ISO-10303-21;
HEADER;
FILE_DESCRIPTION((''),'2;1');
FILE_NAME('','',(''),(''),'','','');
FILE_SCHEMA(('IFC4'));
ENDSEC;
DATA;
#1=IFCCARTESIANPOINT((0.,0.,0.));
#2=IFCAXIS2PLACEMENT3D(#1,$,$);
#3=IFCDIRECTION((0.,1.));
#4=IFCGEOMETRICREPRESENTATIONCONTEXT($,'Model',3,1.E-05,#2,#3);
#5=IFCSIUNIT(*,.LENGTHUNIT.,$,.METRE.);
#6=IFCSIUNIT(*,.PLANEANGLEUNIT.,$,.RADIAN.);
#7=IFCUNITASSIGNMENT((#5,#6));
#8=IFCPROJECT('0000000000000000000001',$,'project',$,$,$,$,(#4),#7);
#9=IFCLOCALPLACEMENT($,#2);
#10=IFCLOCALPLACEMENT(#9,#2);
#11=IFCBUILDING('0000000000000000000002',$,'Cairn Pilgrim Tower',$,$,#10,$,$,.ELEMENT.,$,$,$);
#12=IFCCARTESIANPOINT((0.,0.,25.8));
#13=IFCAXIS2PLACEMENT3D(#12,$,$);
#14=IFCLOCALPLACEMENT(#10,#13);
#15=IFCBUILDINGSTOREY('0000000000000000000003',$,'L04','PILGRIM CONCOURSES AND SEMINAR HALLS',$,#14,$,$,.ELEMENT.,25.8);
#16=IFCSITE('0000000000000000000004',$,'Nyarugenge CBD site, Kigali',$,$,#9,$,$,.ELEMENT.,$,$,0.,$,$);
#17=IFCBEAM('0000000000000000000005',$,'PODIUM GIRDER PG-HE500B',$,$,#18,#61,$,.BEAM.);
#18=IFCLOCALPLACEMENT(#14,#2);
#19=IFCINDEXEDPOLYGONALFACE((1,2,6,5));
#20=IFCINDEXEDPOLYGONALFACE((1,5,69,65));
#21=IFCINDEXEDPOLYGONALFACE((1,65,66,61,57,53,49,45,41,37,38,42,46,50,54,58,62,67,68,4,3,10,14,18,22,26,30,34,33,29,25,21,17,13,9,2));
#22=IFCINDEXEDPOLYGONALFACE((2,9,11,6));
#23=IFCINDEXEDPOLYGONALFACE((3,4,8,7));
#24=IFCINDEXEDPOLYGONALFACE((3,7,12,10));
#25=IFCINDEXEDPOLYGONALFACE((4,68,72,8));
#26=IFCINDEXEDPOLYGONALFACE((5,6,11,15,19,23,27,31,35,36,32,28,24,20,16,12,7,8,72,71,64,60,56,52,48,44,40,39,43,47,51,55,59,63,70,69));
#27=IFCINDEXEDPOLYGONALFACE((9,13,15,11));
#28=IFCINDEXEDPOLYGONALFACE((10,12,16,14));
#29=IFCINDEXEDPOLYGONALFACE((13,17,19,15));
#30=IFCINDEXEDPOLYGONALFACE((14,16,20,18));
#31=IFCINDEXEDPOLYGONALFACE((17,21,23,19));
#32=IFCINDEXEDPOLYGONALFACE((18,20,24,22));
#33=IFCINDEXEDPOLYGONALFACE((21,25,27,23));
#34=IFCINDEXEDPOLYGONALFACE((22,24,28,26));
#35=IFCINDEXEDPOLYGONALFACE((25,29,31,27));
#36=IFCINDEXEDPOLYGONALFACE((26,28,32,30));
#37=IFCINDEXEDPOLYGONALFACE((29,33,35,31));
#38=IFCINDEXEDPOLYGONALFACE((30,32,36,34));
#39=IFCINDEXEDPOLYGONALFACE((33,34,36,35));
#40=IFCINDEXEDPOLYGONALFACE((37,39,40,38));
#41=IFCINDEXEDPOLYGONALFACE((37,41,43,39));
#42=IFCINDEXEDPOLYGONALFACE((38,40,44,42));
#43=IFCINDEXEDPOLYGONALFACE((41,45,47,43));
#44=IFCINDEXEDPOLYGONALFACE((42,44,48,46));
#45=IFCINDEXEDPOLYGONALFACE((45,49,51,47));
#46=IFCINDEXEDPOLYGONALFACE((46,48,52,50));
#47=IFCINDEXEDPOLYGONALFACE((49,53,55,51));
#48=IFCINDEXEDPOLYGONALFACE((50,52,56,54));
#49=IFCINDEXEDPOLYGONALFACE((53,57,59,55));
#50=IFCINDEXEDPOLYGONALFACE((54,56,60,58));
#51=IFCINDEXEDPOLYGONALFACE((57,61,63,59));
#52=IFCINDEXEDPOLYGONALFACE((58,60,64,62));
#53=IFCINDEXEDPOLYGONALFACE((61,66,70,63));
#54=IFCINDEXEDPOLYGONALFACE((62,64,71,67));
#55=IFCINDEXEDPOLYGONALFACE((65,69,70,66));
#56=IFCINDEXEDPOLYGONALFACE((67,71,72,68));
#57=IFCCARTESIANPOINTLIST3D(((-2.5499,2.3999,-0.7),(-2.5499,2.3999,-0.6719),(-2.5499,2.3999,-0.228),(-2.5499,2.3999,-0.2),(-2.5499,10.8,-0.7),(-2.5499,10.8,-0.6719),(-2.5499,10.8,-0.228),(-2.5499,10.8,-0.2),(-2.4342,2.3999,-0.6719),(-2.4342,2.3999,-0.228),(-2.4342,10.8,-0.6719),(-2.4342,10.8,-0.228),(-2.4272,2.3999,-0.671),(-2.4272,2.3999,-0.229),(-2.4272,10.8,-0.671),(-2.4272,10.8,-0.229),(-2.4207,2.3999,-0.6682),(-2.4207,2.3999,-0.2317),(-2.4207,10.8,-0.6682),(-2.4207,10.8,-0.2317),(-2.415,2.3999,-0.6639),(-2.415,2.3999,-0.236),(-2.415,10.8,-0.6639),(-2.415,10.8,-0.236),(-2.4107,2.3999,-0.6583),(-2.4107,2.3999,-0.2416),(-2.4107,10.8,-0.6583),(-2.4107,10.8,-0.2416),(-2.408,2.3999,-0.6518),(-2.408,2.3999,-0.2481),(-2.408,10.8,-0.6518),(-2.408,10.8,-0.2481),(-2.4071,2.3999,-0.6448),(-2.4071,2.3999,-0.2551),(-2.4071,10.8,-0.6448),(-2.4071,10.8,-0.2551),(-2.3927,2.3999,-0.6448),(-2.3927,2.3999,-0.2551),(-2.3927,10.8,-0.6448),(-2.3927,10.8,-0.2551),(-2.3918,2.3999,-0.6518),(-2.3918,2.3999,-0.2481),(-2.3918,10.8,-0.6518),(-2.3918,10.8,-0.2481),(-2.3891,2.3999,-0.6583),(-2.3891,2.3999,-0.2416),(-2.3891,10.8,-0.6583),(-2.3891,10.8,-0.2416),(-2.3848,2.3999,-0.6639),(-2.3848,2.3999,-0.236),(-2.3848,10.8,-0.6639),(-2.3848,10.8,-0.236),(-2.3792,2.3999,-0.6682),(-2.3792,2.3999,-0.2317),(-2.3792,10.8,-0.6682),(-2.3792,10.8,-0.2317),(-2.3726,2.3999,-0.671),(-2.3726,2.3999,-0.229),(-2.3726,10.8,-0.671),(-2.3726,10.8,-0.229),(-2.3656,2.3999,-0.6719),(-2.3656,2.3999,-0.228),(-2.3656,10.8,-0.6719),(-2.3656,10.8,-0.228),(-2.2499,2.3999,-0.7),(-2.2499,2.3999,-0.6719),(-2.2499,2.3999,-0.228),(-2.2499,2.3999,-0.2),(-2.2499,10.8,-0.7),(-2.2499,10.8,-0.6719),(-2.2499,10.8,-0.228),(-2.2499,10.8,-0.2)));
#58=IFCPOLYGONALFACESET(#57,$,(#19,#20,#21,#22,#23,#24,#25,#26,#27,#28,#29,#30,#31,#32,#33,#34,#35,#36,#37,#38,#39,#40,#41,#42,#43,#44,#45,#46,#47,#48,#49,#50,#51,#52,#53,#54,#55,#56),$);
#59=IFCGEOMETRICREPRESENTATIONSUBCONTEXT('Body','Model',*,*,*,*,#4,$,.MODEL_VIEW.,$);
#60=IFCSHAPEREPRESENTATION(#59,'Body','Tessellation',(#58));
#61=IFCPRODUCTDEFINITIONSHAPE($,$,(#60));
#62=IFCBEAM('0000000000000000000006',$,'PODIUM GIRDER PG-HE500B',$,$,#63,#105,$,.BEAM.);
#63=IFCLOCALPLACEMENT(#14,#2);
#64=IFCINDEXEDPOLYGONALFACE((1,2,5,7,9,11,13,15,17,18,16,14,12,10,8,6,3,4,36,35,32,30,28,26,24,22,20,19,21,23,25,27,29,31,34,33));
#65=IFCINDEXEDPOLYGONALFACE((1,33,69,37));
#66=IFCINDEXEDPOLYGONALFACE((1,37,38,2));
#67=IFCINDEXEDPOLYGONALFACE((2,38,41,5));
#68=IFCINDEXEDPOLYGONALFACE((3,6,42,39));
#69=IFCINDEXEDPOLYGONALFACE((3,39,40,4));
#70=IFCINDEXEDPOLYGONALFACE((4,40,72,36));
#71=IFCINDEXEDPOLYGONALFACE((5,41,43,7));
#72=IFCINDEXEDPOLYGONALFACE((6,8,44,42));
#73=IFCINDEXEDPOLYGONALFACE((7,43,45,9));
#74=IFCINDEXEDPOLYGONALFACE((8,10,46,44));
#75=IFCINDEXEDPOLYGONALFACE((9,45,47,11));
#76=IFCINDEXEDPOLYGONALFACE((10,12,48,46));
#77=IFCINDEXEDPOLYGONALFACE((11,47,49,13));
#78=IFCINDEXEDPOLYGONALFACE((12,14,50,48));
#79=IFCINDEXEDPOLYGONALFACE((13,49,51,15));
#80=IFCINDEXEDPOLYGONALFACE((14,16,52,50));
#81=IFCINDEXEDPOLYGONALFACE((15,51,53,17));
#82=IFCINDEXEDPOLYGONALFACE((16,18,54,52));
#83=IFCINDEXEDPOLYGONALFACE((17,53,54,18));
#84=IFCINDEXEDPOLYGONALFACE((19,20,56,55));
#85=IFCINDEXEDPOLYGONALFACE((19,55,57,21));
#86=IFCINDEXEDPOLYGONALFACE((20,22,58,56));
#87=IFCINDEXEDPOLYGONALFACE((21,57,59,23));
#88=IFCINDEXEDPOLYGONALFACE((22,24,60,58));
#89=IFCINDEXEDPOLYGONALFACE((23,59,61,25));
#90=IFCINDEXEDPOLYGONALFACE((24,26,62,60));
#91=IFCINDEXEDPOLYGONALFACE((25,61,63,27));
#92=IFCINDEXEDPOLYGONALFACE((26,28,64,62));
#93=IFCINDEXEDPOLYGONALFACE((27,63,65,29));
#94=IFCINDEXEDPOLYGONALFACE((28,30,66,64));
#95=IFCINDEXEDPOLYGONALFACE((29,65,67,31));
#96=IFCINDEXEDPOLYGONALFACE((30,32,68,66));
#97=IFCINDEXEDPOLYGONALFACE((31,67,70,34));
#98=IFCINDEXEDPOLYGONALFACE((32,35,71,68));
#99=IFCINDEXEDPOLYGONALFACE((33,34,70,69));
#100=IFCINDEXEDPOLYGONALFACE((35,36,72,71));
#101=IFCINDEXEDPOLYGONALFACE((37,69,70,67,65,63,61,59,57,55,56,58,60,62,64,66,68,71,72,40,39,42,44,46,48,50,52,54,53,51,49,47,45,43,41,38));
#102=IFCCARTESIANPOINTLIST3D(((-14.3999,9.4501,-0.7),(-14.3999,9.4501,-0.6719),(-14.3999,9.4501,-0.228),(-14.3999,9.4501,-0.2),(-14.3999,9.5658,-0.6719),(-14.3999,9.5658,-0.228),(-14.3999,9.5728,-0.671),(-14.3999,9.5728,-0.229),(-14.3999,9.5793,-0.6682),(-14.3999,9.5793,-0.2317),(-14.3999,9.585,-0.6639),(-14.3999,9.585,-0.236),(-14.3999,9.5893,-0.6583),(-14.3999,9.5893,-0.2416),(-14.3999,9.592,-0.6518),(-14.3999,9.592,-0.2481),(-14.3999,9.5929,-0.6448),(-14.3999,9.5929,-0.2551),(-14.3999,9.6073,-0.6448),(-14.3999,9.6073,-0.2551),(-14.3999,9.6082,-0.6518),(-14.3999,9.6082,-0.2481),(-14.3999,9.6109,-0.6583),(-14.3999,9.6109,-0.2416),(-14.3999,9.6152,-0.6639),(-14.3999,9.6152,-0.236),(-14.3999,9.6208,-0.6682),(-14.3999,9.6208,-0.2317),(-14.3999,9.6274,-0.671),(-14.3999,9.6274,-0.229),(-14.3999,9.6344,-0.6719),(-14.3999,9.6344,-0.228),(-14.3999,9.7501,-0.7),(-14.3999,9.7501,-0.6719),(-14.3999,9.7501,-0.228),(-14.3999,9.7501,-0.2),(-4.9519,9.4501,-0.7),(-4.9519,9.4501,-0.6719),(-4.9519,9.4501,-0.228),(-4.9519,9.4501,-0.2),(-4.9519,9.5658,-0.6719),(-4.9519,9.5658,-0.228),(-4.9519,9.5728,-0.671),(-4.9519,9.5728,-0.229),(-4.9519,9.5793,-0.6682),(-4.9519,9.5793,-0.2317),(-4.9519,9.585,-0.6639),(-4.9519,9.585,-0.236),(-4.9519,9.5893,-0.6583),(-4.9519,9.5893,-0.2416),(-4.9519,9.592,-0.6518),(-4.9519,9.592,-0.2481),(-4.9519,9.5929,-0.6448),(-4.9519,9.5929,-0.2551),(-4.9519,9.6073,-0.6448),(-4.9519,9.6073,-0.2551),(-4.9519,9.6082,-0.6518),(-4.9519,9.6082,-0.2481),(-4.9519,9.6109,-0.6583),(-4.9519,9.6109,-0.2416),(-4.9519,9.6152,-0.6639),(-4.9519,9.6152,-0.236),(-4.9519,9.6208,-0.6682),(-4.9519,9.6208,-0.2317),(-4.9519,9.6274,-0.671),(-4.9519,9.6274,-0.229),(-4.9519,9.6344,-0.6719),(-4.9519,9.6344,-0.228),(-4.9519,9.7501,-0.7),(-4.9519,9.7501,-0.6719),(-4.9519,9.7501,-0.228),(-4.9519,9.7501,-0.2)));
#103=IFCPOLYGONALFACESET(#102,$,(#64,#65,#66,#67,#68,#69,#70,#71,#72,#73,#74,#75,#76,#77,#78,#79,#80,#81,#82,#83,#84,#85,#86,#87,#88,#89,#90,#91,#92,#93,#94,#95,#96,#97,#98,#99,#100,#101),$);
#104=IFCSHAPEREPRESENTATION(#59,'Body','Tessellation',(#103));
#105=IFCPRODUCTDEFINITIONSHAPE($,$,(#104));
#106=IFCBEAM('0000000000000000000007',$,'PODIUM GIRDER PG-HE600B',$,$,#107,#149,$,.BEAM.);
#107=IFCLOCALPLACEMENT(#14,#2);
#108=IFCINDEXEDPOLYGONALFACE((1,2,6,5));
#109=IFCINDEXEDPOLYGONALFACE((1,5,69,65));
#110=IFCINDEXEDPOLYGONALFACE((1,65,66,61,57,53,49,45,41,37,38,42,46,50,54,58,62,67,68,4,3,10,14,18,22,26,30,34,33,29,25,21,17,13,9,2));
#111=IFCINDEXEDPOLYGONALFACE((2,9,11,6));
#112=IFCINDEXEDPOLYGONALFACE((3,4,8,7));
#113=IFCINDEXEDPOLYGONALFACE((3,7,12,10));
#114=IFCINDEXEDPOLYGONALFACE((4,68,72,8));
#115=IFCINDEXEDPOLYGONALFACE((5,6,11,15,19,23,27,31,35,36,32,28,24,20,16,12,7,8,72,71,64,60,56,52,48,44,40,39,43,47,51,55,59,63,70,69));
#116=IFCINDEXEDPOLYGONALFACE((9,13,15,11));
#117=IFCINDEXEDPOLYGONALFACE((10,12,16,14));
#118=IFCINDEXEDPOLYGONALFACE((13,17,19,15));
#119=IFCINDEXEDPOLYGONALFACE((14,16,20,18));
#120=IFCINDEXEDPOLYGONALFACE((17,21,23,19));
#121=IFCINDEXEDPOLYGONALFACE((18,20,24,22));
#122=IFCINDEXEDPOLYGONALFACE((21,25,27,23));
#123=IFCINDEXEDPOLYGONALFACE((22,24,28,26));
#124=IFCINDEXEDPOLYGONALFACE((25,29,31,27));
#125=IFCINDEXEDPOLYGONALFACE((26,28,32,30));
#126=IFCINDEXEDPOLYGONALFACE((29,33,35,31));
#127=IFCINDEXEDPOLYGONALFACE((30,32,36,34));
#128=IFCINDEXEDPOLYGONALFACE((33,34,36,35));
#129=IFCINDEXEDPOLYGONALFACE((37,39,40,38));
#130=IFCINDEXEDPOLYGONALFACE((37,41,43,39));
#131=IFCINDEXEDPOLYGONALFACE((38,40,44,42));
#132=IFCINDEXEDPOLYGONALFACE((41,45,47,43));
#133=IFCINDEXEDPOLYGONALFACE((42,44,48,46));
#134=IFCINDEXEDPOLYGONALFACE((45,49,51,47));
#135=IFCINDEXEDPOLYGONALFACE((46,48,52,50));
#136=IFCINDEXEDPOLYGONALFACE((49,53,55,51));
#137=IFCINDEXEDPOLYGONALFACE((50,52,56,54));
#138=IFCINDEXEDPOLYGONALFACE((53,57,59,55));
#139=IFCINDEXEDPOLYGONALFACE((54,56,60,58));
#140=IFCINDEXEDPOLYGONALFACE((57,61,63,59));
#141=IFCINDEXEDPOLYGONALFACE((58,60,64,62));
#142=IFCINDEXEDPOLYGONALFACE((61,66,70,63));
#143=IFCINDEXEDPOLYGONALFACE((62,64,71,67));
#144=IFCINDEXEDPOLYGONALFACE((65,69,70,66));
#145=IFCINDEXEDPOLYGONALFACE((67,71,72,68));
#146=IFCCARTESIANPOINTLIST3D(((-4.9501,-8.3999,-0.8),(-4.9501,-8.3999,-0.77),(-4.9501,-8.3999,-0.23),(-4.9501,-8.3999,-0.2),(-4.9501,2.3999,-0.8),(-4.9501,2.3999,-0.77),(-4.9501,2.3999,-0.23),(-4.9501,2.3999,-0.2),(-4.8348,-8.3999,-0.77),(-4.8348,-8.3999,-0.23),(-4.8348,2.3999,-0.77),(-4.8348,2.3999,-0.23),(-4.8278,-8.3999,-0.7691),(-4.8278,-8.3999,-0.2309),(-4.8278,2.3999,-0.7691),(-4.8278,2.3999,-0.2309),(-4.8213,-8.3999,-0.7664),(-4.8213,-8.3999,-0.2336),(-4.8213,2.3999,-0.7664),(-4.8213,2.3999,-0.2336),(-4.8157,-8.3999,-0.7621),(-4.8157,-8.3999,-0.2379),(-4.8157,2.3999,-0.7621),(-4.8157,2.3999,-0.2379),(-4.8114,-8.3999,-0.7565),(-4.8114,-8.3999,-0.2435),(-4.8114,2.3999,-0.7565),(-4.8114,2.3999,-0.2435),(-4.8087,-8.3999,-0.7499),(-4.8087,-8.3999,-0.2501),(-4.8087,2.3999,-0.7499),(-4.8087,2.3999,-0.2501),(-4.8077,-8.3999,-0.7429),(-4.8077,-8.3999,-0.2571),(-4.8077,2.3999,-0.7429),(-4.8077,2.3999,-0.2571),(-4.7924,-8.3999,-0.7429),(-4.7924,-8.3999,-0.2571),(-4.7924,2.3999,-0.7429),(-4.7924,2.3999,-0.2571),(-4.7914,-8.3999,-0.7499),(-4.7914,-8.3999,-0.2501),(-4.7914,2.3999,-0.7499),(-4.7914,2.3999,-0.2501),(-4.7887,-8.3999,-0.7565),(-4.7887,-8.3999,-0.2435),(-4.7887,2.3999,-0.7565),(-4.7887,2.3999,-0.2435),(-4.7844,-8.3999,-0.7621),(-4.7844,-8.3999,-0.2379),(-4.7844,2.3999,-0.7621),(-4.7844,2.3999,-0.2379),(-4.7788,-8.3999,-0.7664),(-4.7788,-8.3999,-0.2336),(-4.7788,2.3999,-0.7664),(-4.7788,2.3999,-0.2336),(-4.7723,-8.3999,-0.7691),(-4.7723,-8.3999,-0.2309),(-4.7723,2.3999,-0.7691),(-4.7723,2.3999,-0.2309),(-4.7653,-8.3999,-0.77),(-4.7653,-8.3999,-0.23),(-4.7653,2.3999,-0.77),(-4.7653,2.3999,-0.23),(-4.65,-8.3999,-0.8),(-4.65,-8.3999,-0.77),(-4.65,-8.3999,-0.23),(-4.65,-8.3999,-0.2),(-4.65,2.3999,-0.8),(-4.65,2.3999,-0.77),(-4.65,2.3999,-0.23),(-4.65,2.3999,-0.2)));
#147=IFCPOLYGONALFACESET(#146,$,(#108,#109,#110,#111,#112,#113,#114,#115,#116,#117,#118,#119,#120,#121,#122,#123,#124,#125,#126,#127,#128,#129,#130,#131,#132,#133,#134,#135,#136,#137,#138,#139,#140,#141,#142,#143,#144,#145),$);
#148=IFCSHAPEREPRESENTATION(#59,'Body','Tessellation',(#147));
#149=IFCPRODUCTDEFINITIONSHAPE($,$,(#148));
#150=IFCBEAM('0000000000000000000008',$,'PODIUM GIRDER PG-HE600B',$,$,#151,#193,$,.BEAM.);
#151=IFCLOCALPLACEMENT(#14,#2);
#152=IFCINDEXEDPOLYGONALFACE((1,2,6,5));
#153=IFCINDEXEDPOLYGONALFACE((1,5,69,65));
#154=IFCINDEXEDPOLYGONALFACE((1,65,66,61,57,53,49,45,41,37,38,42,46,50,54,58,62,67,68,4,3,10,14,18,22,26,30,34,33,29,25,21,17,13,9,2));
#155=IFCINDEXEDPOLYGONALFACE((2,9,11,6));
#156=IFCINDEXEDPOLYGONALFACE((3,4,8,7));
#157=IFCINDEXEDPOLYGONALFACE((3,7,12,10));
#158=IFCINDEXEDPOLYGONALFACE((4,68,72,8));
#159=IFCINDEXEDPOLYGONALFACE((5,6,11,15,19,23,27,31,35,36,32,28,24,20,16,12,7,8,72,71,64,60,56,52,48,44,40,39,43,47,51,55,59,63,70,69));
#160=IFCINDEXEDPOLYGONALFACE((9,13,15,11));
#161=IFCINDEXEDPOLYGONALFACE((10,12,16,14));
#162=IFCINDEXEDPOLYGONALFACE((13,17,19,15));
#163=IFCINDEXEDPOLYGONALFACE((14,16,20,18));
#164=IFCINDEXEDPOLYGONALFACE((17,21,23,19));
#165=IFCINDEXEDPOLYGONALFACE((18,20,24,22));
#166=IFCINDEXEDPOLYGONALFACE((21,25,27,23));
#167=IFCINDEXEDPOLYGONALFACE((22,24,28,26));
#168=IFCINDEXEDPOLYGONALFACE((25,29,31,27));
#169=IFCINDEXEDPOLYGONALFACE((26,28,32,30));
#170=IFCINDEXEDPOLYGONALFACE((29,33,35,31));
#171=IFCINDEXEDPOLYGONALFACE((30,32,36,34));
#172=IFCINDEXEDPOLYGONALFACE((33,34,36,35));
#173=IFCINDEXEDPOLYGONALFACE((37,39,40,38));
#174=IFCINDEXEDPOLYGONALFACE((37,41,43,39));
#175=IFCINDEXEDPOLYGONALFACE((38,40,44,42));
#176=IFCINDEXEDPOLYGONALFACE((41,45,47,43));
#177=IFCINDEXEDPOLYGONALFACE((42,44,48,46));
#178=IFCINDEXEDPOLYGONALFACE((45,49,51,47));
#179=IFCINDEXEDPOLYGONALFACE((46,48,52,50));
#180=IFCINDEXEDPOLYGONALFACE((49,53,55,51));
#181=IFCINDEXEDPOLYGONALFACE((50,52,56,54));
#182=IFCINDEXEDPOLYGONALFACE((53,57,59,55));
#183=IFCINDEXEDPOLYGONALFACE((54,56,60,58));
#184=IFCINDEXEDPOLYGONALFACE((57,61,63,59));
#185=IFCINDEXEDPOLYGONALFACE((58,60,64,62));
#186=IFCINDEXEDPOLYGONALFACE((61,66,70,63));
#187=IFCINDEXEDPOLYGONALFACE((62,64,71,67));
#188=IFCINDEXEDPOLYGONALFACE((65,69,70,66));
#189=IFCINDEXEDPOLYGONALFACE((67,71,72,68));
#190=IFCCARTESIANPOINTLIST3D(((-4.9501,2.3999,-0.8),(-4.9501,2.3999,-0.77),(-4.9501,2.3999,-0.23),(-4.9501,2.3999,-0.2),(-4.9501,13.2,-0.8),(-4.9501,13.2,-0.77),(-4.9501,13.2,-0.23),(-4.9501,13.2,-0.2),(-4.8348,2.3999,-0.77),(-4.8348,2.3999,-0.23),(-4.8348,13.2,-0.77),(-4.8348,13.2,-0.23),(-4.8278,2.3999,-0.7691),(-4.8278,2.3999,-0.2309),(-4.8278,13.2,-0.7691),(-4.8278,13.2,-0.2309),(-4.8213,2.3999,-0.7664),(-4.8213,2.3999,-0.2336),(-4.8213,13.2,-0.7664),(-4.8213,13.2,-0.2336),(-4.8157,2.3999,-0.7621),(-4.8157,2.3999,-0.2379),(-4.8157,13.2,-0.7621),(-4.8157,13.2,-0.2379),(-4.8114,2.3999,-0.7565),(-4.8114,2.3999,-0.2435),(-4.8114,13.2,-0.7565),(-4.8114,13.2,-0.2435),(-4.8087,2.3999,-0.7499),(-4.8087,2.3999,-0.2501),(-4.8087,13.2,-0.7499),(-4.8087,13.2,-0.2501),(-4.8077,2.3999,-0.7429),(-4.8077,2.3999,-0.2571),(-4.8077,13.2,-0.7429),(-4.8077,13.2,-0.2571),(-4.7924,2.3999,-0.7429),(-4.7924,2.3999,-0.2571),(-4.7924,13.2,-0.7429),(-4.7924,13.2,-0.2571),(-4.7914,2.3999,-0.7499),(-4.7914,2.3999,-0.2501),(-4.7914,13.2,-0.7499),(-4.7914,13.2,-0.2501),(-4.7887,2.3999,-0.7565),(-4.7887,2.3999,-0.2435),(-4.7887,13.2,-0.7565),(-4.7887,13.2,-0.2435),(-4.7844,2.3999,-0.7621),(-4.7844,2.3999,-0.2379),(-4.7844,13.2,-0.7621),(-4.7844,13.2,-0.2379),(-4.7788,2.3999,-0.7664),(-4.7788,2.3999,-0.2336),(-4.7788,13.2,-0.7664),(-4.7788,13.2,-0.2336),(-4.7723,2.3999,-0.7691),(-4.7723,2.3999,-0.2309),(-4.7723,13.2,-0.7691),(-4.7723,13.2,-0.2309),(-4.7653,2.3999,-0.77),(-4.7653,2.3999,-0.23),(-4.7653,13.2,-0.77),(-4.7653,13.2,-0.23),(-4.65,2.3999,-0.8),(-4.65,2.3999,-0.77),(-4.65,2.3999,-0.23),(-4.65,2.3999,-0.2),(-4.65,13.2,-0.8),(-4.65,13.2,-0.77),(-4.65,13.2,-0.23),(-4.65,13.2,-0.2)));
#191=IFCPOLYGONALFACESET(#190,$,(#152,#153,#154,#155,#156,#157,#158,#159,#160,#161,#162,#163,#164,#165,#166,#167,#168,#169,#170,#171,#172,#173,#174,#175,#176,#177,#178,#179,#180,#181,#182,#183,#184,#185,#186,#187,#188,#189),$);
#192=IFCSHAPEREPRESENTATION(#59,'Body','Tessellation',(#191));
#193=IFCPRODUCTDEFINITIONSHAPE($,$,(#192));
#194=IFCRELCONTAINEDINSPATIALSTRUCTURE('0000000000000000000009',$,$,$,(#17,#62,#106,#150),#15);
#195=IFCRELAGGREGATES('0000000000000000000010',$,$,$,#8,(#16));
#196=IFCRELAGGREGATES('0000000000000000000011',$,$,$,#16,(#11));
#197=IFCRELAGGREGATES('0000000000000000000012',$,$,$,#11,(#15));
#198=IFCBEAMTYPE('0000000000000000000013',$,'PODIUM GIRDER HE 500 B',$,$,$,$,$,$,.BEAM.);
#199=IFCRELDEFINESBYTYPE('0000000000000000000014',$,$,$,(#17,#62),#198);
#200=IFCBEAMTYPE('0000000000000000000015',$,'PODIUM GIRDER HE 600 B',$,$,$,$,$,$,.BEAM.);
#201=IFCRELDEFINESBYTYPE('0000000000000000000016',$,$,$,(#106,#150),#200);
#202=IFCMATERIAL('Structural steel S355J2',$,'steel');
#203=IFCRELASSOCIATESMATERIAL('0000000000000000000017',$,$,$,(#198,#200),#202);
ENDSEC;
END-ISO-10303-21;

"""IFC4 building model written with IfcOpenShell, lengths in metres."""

from ifc_helpers import new_model, si_unit, direction, frame, origin, origin_2d, place, context, subcontext, project, spatial, i_section, extrude, material, material_profile, profile_set, type_object, element, save


model = new_model("IFC4")

# Units and contexts
model_context = context("Model", 3, precision=1e-05, world=origin(), true_north=direction((0.0, 1.0)))
body_context = subcontext(model_context, "Body", "Model", "MODEL_VIEW")
ifc_project = project(units=[si_unit("LENGTHUNIT", "METRE"), si_unit("PLANEANGLEUNIT", "RADIAN")], contexts=[model_context])

# Site, building, storey
site_placement = place(None, origin())
site = spatial("IfcSite", under=ifc_project, at=site_placement, Name="Nyarugenge CBD site, Kigali", CompositionType="ELEMENT", RefElevation=0.0)
building_placement = place(site_placement, origin())
building = spatial("IfcBuilding", under=site, at=building_placement, Name="Cairn Pilgrim Tower", CompositionType="ELEMENT")
storey_placement = place(building_placement, frame((0.0, 0.0, 25.8)))
storey = spatial("IfcBuildingStorey", under=building, at=storey_placement, Name="L04", Description="PILGRIM CONCOURSES AND SEMINAR HALLS", CompositionType="ELEMENT", Elevation=25.8)

# Beams
ifc_material_1 = material(Name="Structural steel S355J2", Category="steel")
ifc_material_profile_1 = material_profile(ifc_material_1, i_section(OverallWidth=0.3, OverallDepth=0.5, WebThickness=0.0144, FlangeThickness=0.0281, FilletRadius=0.0271, at=origin_2d()), Name="HEB 500")
ifc_profile_set_1 = profile_set([ifc_material_profile_1], Name="Structural steel S355J2")
beam_type_1 = type_object("IfcBeamType", Name="PODIUM GIRDER HE 500 B", PredefinedType="BEAM", material=ifc_profile_set_1)
beam_1_placement = place(storey_placement, frame((-2.3999, 10.8, -0.45), z_axis=(0.0, -1.0, 0.0), x_axis=(1.0, 0.0, 0.0)))
element("IfcBeam", 1, at=beam_1_placement, inside=storey, type_object=beam_type_1, Name="PODIUM GIRDER PG-HE500B", PredefinedType="BEAM", context=body_context, shape_type="SweptSolid", body=[
    extrude(i_section(OverallWidth=0.3, OverallDepth=0.5, WebThickness=0.0144, FlangeThickness=0.0281, FilletRadius=0.0271, at=origin_2d()), origin(), (0.0, 0.0, 1.0), 8.4001),
])
beam_2_placement = place(storey_placement, frame((-14.3999, 9.6001, -0.45), z_axis=(1.0, 0.0, 0.0), x_axis=(0.0, 1.0, 0.0)))
element("IfcBeam", 2, at=beam_2_placement, inside=storey, type_object=beam_type_1, Name="PODIUM GIRDER PG-HE500B", PredefinedType="BEAM", context=body_context, shape_type="SweptSolid", body=[
    extrude(i_section(OverallWidth=0.3, OverallDepth=0.5, WebThickness=0.0144, FlangeThickness=0.0281, FilletRadius=0.0271, at=origin_2d()), origin(), (0.0, 0.0, 1.0), 9.448),
])
ifc_material_profile_2 = material_profile(ifc_material_1, i_section(OverallWidth=0.3, OverallDepth=0.6001, WebThickness=0.0154, FlangeThickness=0.03, FilletRadius=0.0271, at=origin_2d()), Name="HEB 600")
ifc_profile_set_2 = profile_set([ifc_material_profile_2], Name="Structural steel S355J2")
beam_type_2 = type_object("IfcBeamType", Name="PODIUM GIRDER HE 600 B", PredefinedType="BEAM", material=ifc_profile_set_2)
beam_3_placement = place(storey_placement, frame((-4.8, 2.3999, -0.5), z_axis=(0.0, -1.0, 0.0), x_axis=(1.0, 0.0, 0.0)))
element("IfcBeam", 3, at=beam_3_placement, inside=storey, type_object=beam_type_2, Name="PODIUM GIRDER PG-HE600B", PredefinedType="BEAM", context=body_context, shape_type="SweptSolid", body=[
    extrude(i_section(OverallWidth=0.3, OverallDepth=0.6001, WebThickness=0.0154, FlangeThickness=0.03, FilletRadius=0.0271, at=origin_2d()), origin(), (0.0, 0.0, 1.0), 10.7998),
])
beam_4_placement = place(storey_placement, frame((-4.8, 13.2, -0.5), z_axis=(0.0, -1.0, 0.0), x_axis=(1.0, 0.0, 0.0)))
element("IfcBeam", 4, at=beam_4_placement, inside=storey, type_object=beam_type_2, Name="PODIUM GIRDER PG-HE600B", PredefinedType="BEAM", context=body_context, shape_type="SweptSolid", body=[
    extrude(i_section(OverallWidth=0.3, OverallDepth=0.6001, WebThickness=0.0154, FlangeThickness=0.03, FilletRadius=0.0271, at=origin_2d()), origin(), (0.0, 0.0, 1.0), 10.8),
])

save(model, "model.ifc")
